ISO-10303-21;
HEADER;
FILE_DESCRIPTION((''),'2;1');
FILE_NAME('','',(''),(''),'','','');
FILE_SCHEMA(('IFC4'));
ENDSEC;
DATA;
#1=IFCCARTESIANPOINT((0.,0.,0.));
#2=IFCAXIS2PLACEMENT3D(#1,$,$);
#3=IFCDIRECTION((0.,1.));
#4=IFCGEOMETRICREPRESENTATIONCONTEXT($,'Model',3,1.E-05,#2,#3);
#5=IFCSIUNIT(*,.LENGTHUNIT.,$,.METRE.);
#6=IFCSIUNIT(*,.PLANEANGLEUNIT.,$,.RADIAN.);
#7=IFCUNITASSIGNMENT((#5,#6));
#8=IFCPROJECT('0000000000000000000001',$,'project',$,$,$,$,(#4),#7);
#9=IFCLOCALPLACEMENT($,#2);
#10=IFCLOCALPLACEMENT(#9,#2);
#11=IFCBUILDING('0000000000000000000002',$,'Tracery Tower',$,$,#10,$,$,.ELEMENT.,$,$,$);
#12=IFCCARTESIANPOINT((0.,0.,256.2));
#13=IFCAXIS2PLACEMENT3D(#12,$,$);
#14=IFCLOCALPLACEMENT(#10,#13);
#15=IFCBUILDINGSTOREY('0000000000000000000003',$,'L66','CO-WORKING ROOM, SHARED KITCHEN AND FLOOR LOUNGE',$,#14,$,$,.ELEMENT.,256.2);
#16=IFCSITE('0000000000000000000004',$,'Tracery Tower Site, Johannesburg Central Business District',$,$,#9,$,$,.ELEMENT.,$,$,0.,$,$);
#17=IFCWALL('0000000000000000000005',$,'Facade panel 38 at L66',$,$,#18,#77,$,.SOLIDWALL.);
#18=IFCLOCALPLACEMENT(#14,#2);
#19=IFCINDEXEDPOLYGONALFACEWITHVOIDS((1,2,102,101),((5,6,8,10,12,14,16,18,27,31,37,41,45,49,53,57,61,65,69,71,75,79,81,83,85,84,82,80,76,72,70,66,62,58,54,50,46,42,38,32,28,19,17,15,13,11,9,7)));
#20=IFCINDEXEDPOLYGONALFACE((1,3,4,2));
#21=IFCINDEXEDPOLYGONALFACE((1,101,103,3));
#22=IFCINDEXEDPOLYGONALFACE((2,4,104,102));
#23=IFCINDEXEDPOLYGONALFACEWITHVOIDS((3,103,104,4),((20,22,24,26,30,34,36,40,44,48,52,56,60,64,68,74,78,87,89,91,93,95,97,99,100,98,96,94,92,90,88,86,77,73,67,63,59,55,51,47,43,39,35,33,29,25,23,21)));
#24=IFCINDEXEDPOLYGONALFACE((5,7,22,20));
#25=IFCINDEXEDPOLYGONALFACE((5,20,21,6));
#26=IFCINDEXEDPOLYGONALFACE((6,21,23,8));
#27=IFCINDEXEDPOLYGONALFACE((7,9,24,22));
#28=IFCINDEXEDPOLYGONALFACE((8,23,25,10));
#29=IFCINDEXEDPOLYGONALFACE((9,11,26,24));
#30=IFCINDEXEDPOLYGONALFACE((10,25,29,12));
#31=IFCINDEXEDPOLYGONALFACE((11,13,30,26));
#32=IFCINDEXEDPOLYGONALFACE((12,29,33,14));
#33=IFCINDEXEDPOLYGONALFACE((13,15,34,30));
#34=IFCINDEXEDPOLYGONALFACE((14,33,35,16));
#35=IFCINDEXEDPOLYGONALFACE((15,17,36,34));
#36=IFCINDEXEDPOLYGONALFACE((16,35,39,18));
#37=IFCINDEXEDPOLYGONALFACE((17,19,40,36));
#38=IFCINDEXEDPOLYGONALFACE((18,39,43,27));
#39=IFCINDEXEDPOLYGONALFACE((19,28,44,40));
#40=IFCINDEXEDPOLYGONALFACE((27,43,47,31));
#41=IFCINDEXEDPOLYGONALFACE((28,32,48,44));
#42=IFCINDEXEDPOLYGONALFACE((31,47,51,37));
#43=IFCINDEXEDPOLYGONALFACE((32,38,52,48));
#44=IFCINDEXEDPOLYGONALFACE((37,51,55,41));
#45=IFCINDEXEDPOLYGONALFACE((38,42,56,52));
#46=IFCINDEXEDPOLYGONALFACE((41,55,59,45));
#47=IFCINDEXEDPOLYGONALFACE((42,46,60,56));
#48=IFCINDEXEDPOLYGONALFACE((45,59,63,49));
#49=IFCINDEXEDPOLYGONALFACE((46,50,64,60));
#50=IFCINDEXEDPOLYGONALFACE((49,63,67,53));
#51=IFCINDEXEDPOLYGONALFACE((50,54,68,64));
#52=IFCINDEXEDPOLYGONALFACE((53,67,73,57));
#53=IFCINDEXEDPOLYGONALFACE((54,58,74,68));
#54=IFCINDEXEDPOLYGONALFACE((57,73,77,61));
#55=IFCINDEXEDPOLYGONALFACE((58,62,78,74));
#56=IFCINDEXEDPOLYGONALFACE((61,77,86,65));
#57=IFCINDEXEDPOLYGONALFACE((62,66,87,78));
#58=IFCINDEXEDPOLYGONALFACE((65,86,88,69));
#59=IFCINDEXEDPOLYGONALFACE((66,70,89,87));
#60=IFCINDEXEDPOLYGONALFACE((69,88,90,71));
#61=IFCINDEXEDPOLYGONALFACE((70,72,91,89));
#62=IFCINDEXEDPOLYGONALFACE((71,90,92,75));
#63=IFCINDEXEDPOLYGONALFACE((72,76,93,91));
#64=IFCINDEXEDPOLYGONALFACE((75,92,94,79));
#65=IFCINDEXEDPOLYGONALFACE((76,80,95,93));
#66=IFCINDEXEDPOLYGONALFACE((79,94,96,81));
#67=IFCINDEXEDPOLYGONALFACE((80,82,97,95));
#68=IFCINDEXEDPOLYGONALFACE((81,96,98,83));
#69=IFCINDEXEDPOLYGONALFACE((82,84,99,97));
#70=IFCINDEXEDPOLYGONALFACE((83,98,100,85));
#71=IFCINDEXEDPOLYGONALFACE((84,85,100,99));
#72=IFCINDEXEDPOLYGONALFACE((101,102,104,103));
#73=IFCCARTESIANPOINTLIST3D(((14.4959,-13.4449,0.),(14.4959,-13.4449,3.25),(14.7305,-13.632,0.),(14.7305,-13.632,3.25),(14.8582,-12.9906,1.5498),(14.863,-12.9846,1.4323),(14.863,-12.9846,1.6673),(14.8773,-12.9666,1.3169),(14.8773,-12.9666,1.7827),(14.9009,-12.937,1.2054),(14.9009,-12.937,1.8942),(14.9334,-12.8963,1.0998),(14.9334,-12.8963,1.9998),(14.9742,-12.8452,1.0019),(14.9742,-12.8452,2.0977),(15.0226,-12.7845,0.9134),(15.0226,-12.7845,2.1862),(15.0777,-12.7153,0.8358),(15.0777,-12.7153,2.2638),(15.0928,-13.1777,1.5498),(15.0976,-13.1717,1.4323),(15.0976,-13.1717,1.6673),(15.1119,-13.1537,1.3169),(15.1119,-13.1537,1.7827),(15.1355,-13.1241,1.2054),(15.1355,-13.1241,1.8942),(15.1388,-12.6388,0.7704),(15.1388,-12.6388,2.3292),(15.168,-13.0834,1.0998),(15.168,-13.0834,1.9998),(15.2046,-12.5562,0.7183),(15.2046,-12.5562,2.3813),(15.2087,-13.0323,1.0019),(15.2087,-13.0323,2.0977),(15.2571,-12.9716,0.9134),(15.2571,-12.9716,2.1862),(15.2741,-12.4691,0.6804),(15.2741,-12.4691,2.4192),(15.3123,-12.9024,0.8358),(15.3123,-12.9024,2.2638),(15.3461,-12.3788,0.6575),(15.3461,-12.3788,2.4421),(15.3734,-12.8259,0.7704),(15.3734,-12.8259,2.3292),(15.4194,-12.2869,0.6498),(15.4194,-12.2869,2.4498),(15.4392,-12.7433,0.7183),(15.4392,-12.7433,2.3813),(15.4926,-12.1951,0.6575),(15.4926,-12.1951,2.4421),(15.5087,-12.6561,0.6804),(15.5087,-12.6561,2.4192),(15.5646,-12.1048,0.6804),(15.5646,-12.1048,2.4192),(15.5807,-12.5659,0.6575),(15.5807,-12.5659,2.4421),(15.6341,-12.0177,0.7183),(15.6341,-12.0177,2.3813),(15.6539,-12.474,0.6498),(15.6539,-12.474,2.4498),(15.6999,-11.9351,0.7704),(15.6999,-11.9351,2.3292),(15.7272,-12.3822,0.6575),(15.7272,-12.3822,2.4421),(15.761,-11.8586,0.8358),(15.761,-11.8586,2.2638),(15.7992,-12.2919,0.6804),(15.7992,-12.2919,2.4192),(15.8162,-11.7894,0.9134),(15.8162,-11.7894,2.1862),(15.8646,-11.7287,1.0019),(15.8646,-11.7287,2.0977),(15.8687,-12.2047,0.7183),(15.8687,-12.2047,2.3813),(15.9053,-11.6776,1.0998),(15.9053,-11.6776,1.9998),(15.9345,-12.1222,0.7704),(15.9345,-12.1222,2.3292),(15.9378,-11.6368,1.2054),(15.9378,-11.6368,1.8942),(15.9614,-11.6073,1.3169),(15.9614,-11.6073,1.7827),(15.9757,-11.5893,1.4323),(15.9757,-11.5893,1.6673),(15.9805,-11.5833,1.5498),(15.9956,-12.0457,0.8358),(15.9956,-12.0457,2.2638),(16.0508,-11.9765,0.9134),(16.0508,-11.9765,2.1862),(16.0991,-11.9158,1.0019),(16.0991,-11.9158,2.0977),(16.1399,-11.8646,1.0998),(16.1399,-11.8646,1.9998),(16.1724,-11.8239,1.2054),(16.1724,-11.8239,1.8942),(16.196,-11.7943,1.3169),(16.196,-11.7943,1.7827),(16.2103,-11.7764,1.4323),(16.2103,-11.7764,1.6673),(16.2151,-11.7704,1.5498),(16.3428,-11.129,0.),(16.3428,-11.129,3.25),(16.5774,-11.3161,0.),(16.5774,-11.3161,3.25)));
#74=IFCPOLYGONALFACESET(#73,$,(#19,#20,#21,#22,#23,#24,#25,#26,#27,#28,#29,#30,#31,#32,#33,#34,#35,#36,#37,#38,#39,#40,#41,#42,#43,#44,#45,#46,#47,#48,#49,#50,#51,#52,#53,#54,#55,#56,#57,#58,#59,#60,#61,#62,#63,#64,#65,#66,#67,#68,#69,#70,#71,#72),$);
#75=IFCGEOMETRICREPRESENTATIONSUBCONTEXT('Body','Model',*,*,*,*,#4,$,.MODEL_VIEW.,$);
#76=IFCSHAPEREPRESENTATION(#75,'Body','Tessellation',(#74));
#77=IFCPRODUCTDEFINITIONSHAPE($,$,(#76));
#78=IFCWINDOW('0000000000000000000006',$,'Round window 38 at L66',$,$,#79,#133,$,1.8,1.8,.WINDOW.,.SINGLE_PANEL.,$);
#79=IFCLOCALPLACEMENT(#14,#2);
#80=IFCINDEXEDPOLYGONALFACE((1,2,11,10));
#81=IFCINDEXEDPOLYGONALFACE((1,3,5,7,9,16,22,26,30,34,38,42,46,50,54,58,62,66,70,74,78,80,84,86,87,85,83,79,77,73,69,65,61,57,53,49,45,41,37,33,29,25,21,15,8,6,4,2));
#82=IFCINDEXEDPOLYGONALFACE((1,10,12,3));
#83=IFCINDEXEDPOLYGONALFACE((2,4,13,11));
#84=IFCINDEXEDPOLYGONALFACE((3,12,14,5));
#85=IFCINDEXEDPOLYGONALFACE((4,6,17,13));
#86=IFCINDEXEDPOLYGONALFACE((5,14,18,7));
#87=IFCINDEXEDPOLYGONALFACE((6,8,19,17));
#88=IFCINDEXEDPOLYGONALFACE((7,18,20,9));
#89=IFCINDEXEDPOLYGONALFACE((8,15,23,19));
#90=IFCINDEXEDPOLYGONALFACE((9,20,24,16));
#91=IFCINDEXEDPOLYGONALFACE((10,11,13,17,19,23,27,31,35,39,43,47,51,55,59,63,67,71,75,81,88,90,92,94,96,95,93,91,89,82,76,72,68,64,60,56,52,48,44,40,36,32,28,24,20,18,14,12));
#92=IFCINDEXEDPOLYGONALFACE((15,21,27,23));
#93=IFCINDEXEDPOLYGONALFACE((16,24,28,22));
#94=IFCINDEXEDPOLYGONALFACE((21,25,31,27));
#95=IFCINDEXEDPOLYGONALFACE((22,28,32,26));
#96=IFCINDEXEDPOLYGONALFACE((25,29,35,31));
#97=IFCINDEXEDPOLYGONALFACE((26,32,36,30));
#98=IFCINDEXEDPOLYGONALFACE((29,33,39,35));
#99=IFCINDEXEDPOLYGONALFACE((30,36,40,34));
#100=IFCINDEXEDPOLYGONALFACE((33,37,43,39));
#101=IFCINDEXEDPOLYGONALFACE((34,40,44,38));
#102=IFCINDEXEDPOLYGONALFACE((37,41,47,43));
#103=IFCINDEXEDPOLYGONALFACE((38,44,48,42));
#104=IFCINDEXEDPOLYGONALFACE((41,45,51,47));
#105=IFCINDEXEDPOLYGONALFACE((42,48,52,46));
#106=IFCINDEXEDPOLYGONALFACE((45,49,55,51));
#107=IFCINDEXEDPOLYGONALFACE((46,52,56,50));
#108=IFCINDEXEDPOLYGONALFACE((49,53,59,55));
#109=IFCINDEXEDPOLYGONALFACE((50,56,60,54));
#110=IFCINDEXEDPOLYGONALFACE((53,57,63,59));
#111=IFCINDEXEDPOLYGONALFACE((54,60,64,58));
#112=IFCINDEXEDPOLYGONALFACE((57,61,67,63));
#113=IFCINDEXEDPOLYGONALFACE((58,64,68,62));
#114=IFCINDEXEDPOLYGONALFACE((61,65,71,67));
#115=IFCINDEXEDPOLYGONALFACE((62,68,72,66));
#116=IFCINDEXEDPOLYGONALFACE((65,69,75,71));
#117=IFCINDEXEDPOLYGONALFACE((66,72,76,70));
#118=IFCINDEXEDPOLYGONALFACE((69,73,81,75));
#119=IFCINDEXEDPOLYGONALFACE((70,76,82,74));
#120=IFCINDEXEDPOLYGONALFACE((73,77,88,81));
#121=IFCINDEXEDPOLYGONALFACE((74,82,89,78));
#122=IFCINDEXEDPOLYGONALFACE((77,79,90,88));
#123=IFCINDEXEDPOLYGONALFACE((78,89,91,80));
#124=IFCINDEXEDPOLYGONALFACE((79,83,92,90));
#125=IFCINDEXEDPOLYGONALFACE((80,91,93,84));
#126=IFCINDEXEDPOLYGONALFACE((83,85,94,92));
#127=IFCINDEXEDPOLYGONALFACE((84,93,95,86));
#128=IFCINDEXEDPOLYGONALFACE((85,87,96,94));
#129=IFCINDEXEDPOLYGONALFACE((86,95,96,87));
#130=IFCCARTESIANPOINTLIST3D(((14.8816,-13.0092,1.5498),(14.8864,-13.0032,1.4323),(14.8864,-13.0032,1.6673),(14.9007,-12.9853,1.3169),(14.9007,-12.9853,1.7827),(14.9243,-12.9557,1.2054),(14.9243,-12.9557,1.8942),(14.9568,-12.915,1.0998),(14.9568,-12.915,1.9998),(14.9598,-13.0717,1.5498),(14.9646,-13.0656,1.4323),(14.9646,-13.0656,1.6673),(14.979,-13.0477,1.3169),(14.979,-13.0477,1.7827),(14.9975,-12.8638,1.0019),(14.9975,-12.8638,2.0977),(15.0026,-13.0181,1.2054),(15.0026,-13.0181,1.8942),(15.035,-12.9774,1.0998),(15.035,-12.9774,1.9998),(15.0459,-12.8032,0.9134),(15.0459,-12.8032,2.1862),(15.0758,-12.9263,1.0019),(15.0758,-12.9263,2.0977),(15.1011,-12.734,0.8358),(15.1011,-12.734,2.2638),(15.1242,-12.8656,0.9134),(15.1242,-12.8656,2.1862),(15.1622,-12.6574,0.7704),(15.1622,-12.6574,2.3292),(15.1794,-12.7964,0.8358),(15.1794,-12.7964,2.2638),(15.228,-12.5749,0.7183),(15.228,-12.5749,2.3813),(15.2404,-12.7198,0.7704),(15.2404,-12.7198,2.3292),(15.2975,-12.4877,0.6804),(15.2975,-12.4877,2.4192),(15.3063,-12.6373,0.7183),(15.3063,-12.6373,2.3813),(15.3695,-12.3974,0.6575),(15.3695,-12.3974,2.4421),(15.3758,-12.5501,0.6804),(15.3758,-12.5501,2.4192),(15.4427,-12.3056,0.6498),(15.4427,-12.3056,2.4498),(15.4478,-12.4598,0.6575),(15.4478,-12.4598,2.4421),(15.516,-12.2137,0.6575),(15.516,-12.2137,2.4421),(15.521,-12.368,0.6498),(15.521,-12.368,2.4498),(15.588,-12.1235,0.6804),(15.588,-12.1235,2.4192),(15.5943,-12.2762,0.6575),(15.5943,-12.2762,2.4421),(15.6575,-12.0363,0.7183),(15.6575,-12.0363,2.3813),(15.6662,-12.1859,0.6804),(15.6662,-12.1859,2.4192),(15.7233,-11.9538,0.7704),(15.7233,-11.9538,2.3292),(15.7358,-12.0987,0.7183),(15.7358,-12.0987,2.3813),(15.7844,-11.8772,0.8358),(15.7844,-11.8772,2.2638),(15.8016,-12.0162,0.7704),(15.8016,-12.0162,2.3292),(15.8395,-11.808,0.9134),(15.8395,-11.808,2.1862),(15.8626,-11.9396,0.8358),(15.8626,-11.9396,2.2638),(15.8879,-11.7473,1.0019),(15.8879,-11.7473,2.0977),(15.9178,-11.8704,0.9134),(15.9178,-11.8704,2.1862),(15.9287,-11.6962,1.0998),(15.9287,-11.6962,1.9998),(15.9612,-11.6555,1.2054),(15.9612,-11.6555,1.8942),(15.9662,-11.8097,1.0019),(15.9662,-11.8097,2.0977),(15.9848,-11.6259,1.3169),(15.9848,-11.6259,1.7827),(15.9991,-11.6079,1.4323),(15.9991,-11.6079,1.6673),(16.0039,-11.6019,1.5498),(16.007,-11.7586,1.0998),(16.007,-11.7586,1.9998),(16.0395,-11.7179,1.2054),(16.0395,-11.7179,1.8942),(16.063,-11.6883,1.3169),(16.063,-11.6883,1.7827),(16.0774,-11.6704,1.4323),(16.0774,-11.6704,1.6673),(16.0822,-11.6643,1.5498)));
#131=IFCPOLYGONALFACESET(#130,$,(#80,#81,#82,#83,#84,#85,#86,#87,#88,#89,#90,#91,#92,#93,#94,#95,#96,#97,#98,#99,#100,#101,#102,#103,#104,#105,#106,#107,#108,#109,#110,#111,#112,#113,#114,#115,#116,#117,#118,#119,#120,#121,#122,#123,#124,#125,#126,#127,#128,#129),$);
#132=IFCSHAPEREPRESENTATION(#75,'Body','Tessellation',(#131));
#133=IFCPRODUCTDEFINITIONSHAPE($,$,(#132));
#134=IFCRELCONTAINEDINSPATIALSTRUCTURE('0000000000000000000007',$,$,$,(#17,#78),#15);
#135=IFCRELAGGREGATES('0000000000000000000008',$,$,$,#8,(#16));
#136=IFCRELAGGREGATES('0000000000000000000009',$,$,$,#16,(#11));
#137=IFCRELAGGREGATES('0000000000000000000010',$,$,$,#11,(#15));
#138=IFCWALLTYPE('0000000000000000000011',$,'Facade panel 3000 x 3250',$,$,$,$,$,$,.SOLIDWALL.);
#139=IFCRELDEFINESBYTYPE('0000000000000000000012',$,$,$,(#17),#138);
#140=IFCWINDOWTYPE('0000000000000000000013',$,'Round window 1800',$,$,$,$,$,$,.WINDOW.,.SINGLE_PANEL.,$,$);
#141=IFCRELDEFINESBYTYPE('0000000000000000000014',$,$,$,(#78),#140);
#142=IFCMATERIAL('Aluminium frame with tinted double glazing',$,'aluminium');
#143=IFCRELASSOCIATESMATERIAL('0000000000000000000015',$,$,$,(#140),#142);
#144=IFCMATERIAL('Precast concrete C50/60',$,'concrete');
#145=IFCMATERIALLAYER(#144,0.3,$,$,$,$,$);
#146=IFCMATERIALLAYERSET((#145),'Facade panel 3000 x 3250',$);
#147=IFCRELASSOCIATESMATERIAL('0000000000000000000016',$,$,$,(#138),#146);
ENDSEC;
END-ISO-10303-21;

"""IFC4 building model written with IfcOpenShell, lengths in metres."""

from ifc_helpers import new_model, si_unit, direction, frame, frame_2d, origin, origin_2d, place, context, subcontext, project, spatial, rectangle, circle, extrude, material, layer, layer_set, type_object, element, fill, save


model = new_model("IFC4")

# Units and contexts
model_context = context("Model", 3, precision=1e-05, world=origin(), true_north=direction((0.0, 1.0)))
body_context = subcontext(model_context, "Body", "Model", "MODEL_VIEW")
ifc_project = project(units=[si_unit("LENGTHUNIT", "METRE"), si_unit("PLANEANGLEUNIT", "RADIAN")], contexts=[model_context])

# Site, building, storey
site_placement = place(None, origin())
site = spatial("IfcSite", under=ifc_project, at=site_placement, Name="Tracery Tower Site, Johannesburg Central Business District", CompositionType="ELEMENT", RefElevation=0.0)
building_placement = place(site_placement, origin())
building = spatial("IfcBuilding", under=site, at=building_placement, Name="Tracery Tower", CompositionType="ELEMENT")
storey_placement = place(building_placement, frame((0.0, 0.0, 256.2)))
storey = spatial("IfcBuildingStorey", under=building, at=storey_placement, Name="L66", Description="CO-WORKING ROOM, SHARED KITCHEN AND FLOOR LOUNGE", CompositionType="ELEMENT", Elevation=256.2)

# Wall, opening, window
ifc_material_1 = material(Name="Aluminium frame with tinted double glazing", Category="aluminium")
window_type = type_object("IfcWindowType", Name="Round window 1800", PartitioningType="SINGLE_PANEL", PredefinedType="WINDOW", material=ifc_material_1)
ifc_material_2 = material(Name="Precast concrete C50/60", Category="concrete")
ifc_layer_1 = layer(ifc_material_2, 0.3)
ifc_layer_set_1 = layer_set([ifc_layer_1], Name="Facade panel 3000 x 3250")
wall_type_1 = type_object("IfcWallType", Name="Facade panel 3000 x 3250", PredefinedType="SOLIDWALL", material=ifc_layer_set_1)
wall_1_placement = place(storey_placement, frame((14.6133, -13.5383, 0.0), z_axis=(0.0, 0.0, 1.0), x_axis=(0.623498, 0.781825, 0.0)))
wall_1 = element("IfcWall", 1, at=wall_1_placement, inside=storey, type_object=wall_type_1, Name="Facade panel 38 at L66", PredefinedType="SOLIDWALL", context=body_context, shape_type="SweptSolid", body=[
    extrude(rectangle(XDim=2.9622, YDim=0.3, at=frame_2d((1.481, 0.0))), origin(), (0.0, 0.0, 1.0), 3.25),
])
opening_1_placement = place(wall_1_placement, frame((1.481, 0.0, 1.5498)))
opening_1 = element("IfcOpeningElement", 2, at=opening_1_placement, cuts=wall_1, PredefinedType="OPENING", context=body_context, shape_type="SweptSolid", body=[
    extrude(circle(Radius=0.9, at=origin_2d()), frame((0.0, 0.1599, 0.0), z_axis=(0.0, -1.0, 0.0), x_axis=(1.0, 0.0, 0.0)), (0.0, 0.0, 1.0), 0.3201),
])
window_1_placement = place(opening_1_placement, origin())
window_1 = element("IfcWindow", 3, at=window_1_placement, inside=storey, type_object=window_type, Name="Round window 38 at L66", OverallHeight=1.8, OverallWidth=1.8, PartitioningType="SINGLE_PANEL", PredefinedType="WINDOW", context=body_context, shape_type="SweptSolid", body=[
    extrude(circle(Radius=0.9, at=origin_2d()), frame((0.0, 0.1201, 0.0), z_axis=(0.0, -1.0, 0.0), x_axis=(1.0, 0.0, 0.0)), (0.0, 0.0, 1.0), 0.1001),
])
fill(opening_1, window_1)

save(model, "model.ifc")
